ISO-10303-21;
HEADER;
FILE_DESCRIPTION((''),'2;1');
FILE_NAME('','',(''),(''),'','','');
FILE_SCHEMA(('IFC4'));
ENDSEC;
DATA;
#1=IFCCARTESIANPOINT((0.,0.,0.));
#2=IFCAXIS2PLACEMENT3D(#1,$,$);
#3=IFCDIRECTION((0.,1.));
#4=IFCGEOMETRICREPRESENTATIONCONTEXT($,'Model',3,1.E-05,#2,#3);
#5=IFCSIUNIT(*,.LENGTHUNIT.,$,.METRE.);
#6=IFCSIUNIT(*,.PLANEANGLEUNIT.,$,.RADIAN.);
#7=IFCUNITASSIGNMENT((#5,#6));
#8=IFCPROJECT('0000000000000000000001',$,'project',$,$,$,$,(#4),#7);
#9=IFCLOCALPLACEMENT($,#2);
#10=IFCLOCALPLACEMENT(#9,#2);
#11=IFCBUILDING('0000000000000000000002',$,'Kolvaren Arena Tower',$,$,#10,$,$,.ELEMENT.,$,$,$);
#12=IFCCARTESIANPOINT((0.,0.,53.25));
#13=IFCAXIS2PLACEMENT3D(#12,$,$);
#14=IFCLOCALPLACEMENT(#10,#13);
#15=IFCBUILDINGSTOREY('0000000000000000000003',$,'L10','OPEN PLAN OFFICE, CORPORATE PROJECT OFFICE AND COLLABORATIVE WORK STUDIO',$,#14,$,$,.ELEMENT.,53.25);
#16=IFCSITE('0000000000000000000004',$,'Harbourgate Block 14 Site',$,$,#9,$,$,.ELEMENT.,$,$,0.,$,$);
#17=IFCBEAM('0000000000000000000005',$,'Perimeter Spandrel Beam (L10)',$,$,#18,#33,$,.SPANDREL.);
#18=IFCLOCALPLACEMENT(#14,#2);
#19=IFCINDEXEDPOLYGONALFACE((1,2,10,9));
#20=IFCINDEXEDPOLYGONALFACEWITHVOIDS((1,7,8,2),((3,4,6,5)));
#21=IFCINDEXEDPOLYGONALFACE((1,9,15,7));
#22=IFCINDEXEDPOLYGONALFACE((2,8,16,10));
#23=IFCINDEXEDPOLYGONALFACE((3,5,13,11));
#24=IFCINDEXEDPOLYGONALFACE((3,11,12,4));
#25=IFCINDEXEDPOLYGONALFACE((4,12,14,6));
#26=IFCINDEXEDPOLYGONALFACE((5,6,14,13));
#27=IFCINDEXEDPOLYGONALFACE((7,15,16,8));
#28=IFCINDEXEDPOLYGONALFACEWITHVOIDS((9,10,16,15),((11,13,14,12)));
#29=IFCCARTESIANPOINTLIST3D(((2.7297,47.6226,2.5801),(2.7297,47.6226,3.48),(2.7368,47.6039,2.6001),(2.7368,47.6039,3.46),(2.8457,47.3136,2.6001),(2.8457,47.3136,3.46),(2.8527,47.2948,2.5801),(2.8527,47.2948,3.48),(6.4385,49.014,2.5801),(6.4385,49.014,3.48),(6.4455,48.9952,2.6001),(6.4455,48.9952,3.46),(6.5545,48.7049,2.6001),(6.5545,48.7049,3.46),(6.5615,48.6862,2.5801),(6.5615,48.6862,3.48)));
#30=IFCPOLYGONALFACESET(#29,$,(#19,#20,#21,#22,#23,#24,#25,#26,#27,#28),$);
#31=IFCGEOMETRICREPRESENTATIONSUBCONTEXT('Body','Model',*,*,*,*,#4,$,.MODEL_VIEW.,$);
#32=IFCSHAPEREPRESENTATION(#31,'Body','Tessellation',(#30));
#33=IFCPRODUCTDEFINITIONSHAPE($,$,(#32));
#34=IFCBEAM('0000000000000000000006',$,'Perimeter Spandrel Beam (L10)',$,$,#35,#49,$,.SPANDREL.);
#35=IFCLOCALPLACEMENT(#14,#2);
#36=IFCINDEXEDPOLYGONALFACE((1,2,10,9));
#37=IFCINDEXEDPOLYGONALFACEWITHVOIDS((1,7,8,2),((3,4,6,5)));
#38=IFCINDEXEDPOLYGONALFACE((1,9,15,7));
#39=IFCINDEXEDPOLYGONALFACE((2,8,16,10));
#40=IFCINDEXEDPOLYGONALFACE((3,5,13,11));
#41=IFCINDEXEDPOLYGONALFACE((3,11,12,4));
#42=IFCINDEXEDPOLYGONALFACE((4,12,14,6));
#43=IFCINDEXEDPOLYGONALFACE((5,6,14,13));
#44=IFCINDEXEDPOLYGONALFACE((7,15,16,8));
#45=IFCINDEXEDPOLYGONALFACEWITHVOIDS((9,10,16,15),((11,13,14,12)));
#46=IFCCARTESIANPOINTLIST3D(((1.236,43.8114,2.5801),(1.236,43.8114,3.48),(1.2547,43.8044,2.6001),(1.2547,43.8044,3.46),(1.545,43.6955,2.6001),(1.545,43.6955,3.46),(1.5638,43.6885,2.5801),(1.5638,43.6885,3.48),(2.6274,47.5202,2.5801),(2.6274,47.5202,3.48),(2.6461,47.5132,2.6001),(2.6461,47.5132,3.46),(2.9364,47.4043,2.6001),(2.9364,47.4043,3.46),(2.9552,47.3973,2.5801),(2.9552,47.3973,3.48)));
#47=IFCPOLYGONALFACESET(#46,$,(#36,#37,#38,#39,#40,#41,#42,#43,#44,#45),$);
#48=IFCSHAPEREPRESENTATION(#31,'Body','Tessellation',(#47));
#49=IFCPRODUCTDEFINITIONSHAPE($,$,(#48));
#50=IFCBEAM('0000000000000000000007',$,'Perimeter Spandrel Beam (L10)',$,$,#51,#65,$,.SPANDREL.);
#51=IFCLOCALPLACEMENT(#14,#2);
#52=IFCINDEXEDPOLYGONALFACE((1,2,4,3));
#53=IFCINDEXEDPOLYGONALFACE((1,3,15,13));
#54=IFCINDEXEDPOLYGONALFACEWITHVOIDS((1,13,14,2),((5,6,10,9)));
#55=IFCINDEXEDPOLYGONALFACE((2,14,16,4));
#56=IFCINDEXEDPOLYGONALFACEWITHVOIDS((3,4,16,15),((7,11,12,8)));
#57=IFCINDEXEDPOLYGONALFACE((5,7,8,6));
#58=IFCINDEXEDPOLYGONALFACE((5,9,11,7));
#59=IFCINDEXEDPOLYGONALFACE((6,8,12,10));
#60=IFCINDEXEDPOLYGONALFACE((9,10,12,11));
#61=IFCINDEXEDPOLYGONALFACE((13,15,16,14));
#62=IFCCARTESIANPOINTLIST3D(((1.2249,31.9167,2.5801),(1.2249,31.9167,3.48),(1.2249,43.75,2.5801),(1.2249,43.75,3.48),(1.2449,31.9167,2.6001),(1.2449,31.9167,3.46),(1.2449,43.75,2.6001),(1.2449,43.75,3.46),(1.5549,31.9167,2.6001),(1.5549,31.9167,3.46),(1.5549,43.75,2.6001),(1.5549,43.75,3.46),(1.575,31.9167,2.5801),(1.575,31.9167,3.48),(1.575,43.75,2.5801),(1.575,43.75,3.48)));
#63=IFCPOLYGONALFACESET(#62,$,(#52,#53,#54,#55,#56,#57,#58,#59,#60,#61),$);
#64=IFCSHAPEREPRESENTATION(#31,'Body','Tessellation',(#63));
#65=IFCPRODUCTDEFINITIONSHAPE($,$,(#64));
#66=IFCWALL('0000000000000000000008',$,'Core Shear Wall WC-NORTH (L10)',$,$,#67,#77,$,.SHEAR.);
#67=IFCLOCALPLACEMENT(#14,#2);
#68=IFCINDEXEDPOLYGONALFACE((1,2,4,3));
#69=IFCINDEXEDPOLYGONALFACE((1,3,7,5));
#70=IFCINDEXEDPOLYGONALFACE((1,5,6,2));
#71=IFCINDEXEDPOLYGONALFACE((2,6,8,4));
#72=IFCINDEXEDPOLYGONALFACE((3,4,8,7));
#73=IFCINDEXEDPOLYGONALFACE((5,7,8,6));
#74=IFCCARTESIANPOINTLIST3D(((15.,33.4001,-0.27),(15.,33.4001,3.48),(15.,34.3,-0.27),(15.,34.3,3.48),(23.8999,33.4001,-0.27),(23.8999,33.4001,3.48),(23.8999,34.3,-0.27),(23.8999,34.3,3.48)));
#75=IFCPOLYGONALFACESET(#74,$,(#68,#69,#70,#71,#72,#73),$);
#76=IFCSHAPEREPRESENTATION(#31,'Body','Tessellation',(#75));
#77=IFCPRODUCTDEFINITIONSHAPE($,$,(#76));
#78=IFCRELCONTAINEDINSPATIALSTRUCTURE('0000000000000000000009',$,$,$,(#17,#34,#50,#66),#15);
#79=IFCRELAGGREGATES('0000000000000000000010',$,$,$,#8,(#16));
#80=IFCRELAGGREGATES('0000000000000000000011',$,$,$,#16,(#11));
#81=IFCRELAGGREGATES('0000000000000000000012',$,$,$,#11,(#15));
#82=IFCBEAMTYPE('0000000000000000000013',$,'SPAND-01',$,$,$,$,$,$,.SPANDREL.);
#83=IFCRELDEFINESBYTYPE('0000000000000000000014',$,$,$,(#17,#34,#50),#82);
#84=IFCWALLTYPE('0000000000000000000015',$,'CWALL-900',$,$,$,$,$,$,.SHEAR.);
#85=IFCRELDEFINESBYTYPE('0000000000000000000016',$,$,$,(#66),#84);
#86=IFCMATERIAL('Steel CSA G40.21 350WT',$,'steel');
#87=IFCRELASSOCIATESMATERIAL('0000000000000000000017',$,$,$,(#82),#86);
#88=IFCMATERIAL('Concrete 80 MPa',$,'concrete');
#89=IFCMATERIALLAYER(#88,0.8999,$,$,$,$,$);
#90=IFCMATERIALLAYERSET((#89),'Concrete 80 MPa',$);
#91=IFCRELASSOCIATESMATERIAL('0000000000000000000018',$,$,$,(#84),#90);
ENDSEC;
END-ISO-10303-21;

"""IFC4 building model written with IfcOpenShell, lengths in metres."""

from ifc_helpers import new_model, si_unit, direction, frame, frame_2d, origin, origin_2d, place, context, subcontext, project, spatial, rectangle, hollow_rectangle, extrude, material, layer, layer_set, material_profile, profile_set, type_object, element, save


model = new_model("IFC4")

# Units and contexts
model_context = context("Model", 3, precision=1e-05, world=origin(), true_north=direction((0.0, 1.0)))
body_context = subcontext(model_context, "Body", "Model", "MODEL_VIEW")
ifc_project = project(units=[si_unit("LENGTHUNIT", "METRE"), si_unit("PLANEANGLEUNIT", "RADIAN")], contexts=[model_context])

# Site, building, storey
site_placement = place(None, origin())
site = spatial("IfcSite", under=ifc_project, at=site_placement, Name="Harbourgate Block 14 Site", CompositionType="ELEMENT", RefElevation=0.0)
building_placement = place(site_placement, origin())
building = spatial("IfcBuilding", under=site, at=building_placement, Name="Kolvaren Arena Tower", CompositionType="ELEMENT")
storey_placement = place(building_placement, frame((0.0, 0.0, 53.25)))
storey = spatial("IfcBuildingStorey", under=building, at=storey_placement, Name="L10", Description="OPEN PLAN OFFICE, CORPORATE PROJECT OFFICE AND COLLABORATIVE WORK STUDIO", CompositionType="ELEMENT", Elevation=53.25)

# Beams
ifc_material_1 = material(Name="Steel CSA G40.21 350WT", Category="steel")
ifc_material_profile_1 = material_profile(ifc_material_1, hollow_rectangle(XDim=0.3501, YDim=0.8999, WallThickness=0.02, at=origin_2d()), Name="HSS 900x350x20")
ifc_profile_set_1 = profile_set([ifc_material_profile_1], Name="Steel CSA G40.21 350WT")
beam_type_1 = type_object("IfcBeamType", Name="SPAND-01", PredefinedType="SPANDREL", material=ifc_profile_set_1)
for number, where, z_axis, x_axis, name in (
    (1, (6.5, 48.8501, 3.03), (-0.936281, -0.351252, 0.0), (0.351252, -0.936281, 0.0), "Perimeter Spandrel Beam (L10)"),
    (2, (2.7913, 47.4587, 3.03), (-0.351252, -0.936281, 0.0), (0.936281, -0.351252, 0.0), "Perimeter Spandrel Beam (L10)"),
):
    element("IfcBeam", number, at=place(storey_placement, frame(where, z_axis=z_axis, x_axis=x_axis)), inside=storey, type_object=beam_type_1, Name=name, PredefinedType="SPANDREL", context=body_context, shape_type="SweptSolid", body=[
        extrude(hollow_rectangle(XDim=0.3501, YDim=0.8999, WallThickness=0.02, at=origin_2d()), origin(), (0.0, 0.0, 1.0), 3.9612),
    ])
beam_1_placement = place(storey_placement, frame((1.3999, 43.75, 3.03), z_axis=(0.0, -1.0, 0.0), x_axis=(1.0, 0.0, 0.0)))
element("IfcBeam", 3, at=beam_1_placement, inside=storey, type_object=beam_type_1, Name="Perimeter Spandrel Beam (L10)", PredefinedType="SPANDREL", context=body_context, shape_type="SweptSolid", body=[
    extrude(hollow_rectangle(XDim=0.3501, YDim=0.8999, WallThickness=0.02, at=origin_2d()), origin(), (0.0, 0.0, 1.0), 11.8333),
])

# Wall
ifc_material_2 = material(Name="Concrete 80 MPa", Category="concrete")
ifc_layer_1 = layer(ifc_material_2, 0.8999)
ifc_layer_set_1 = layer_set([ifc_layer_1], Name="Concrete 80 MPa")
wall_type_1 = type_object("IfcWallType", Name="CWALL-900", PredefinedType="SHEAR", material=ifc_layer_set_1)
wall_1_placement = place(storey_placement, frame((15.0, 33.8501, -0.27), z_axis=(0.0, 0.0, 1.0), x_axis=(1.0, 0.0, 0.0)))
element("IfcWall", 4, at=wall_1_placement, inside=storey, type_object=wall_type_1, Name="Core Shear Wall WC-NORTH (L10)", PredefinedType="SHEAR", context=body_context, shape_type="SweptSolid", body=[
    extrude(rectangle(XDim=8.8999, YDim=0.8999, at=frame_2d((4.45, 0.0))), origin(), (0.0, 0.0, 1.0), 3.75),
])

save(model, "model.ifc")
